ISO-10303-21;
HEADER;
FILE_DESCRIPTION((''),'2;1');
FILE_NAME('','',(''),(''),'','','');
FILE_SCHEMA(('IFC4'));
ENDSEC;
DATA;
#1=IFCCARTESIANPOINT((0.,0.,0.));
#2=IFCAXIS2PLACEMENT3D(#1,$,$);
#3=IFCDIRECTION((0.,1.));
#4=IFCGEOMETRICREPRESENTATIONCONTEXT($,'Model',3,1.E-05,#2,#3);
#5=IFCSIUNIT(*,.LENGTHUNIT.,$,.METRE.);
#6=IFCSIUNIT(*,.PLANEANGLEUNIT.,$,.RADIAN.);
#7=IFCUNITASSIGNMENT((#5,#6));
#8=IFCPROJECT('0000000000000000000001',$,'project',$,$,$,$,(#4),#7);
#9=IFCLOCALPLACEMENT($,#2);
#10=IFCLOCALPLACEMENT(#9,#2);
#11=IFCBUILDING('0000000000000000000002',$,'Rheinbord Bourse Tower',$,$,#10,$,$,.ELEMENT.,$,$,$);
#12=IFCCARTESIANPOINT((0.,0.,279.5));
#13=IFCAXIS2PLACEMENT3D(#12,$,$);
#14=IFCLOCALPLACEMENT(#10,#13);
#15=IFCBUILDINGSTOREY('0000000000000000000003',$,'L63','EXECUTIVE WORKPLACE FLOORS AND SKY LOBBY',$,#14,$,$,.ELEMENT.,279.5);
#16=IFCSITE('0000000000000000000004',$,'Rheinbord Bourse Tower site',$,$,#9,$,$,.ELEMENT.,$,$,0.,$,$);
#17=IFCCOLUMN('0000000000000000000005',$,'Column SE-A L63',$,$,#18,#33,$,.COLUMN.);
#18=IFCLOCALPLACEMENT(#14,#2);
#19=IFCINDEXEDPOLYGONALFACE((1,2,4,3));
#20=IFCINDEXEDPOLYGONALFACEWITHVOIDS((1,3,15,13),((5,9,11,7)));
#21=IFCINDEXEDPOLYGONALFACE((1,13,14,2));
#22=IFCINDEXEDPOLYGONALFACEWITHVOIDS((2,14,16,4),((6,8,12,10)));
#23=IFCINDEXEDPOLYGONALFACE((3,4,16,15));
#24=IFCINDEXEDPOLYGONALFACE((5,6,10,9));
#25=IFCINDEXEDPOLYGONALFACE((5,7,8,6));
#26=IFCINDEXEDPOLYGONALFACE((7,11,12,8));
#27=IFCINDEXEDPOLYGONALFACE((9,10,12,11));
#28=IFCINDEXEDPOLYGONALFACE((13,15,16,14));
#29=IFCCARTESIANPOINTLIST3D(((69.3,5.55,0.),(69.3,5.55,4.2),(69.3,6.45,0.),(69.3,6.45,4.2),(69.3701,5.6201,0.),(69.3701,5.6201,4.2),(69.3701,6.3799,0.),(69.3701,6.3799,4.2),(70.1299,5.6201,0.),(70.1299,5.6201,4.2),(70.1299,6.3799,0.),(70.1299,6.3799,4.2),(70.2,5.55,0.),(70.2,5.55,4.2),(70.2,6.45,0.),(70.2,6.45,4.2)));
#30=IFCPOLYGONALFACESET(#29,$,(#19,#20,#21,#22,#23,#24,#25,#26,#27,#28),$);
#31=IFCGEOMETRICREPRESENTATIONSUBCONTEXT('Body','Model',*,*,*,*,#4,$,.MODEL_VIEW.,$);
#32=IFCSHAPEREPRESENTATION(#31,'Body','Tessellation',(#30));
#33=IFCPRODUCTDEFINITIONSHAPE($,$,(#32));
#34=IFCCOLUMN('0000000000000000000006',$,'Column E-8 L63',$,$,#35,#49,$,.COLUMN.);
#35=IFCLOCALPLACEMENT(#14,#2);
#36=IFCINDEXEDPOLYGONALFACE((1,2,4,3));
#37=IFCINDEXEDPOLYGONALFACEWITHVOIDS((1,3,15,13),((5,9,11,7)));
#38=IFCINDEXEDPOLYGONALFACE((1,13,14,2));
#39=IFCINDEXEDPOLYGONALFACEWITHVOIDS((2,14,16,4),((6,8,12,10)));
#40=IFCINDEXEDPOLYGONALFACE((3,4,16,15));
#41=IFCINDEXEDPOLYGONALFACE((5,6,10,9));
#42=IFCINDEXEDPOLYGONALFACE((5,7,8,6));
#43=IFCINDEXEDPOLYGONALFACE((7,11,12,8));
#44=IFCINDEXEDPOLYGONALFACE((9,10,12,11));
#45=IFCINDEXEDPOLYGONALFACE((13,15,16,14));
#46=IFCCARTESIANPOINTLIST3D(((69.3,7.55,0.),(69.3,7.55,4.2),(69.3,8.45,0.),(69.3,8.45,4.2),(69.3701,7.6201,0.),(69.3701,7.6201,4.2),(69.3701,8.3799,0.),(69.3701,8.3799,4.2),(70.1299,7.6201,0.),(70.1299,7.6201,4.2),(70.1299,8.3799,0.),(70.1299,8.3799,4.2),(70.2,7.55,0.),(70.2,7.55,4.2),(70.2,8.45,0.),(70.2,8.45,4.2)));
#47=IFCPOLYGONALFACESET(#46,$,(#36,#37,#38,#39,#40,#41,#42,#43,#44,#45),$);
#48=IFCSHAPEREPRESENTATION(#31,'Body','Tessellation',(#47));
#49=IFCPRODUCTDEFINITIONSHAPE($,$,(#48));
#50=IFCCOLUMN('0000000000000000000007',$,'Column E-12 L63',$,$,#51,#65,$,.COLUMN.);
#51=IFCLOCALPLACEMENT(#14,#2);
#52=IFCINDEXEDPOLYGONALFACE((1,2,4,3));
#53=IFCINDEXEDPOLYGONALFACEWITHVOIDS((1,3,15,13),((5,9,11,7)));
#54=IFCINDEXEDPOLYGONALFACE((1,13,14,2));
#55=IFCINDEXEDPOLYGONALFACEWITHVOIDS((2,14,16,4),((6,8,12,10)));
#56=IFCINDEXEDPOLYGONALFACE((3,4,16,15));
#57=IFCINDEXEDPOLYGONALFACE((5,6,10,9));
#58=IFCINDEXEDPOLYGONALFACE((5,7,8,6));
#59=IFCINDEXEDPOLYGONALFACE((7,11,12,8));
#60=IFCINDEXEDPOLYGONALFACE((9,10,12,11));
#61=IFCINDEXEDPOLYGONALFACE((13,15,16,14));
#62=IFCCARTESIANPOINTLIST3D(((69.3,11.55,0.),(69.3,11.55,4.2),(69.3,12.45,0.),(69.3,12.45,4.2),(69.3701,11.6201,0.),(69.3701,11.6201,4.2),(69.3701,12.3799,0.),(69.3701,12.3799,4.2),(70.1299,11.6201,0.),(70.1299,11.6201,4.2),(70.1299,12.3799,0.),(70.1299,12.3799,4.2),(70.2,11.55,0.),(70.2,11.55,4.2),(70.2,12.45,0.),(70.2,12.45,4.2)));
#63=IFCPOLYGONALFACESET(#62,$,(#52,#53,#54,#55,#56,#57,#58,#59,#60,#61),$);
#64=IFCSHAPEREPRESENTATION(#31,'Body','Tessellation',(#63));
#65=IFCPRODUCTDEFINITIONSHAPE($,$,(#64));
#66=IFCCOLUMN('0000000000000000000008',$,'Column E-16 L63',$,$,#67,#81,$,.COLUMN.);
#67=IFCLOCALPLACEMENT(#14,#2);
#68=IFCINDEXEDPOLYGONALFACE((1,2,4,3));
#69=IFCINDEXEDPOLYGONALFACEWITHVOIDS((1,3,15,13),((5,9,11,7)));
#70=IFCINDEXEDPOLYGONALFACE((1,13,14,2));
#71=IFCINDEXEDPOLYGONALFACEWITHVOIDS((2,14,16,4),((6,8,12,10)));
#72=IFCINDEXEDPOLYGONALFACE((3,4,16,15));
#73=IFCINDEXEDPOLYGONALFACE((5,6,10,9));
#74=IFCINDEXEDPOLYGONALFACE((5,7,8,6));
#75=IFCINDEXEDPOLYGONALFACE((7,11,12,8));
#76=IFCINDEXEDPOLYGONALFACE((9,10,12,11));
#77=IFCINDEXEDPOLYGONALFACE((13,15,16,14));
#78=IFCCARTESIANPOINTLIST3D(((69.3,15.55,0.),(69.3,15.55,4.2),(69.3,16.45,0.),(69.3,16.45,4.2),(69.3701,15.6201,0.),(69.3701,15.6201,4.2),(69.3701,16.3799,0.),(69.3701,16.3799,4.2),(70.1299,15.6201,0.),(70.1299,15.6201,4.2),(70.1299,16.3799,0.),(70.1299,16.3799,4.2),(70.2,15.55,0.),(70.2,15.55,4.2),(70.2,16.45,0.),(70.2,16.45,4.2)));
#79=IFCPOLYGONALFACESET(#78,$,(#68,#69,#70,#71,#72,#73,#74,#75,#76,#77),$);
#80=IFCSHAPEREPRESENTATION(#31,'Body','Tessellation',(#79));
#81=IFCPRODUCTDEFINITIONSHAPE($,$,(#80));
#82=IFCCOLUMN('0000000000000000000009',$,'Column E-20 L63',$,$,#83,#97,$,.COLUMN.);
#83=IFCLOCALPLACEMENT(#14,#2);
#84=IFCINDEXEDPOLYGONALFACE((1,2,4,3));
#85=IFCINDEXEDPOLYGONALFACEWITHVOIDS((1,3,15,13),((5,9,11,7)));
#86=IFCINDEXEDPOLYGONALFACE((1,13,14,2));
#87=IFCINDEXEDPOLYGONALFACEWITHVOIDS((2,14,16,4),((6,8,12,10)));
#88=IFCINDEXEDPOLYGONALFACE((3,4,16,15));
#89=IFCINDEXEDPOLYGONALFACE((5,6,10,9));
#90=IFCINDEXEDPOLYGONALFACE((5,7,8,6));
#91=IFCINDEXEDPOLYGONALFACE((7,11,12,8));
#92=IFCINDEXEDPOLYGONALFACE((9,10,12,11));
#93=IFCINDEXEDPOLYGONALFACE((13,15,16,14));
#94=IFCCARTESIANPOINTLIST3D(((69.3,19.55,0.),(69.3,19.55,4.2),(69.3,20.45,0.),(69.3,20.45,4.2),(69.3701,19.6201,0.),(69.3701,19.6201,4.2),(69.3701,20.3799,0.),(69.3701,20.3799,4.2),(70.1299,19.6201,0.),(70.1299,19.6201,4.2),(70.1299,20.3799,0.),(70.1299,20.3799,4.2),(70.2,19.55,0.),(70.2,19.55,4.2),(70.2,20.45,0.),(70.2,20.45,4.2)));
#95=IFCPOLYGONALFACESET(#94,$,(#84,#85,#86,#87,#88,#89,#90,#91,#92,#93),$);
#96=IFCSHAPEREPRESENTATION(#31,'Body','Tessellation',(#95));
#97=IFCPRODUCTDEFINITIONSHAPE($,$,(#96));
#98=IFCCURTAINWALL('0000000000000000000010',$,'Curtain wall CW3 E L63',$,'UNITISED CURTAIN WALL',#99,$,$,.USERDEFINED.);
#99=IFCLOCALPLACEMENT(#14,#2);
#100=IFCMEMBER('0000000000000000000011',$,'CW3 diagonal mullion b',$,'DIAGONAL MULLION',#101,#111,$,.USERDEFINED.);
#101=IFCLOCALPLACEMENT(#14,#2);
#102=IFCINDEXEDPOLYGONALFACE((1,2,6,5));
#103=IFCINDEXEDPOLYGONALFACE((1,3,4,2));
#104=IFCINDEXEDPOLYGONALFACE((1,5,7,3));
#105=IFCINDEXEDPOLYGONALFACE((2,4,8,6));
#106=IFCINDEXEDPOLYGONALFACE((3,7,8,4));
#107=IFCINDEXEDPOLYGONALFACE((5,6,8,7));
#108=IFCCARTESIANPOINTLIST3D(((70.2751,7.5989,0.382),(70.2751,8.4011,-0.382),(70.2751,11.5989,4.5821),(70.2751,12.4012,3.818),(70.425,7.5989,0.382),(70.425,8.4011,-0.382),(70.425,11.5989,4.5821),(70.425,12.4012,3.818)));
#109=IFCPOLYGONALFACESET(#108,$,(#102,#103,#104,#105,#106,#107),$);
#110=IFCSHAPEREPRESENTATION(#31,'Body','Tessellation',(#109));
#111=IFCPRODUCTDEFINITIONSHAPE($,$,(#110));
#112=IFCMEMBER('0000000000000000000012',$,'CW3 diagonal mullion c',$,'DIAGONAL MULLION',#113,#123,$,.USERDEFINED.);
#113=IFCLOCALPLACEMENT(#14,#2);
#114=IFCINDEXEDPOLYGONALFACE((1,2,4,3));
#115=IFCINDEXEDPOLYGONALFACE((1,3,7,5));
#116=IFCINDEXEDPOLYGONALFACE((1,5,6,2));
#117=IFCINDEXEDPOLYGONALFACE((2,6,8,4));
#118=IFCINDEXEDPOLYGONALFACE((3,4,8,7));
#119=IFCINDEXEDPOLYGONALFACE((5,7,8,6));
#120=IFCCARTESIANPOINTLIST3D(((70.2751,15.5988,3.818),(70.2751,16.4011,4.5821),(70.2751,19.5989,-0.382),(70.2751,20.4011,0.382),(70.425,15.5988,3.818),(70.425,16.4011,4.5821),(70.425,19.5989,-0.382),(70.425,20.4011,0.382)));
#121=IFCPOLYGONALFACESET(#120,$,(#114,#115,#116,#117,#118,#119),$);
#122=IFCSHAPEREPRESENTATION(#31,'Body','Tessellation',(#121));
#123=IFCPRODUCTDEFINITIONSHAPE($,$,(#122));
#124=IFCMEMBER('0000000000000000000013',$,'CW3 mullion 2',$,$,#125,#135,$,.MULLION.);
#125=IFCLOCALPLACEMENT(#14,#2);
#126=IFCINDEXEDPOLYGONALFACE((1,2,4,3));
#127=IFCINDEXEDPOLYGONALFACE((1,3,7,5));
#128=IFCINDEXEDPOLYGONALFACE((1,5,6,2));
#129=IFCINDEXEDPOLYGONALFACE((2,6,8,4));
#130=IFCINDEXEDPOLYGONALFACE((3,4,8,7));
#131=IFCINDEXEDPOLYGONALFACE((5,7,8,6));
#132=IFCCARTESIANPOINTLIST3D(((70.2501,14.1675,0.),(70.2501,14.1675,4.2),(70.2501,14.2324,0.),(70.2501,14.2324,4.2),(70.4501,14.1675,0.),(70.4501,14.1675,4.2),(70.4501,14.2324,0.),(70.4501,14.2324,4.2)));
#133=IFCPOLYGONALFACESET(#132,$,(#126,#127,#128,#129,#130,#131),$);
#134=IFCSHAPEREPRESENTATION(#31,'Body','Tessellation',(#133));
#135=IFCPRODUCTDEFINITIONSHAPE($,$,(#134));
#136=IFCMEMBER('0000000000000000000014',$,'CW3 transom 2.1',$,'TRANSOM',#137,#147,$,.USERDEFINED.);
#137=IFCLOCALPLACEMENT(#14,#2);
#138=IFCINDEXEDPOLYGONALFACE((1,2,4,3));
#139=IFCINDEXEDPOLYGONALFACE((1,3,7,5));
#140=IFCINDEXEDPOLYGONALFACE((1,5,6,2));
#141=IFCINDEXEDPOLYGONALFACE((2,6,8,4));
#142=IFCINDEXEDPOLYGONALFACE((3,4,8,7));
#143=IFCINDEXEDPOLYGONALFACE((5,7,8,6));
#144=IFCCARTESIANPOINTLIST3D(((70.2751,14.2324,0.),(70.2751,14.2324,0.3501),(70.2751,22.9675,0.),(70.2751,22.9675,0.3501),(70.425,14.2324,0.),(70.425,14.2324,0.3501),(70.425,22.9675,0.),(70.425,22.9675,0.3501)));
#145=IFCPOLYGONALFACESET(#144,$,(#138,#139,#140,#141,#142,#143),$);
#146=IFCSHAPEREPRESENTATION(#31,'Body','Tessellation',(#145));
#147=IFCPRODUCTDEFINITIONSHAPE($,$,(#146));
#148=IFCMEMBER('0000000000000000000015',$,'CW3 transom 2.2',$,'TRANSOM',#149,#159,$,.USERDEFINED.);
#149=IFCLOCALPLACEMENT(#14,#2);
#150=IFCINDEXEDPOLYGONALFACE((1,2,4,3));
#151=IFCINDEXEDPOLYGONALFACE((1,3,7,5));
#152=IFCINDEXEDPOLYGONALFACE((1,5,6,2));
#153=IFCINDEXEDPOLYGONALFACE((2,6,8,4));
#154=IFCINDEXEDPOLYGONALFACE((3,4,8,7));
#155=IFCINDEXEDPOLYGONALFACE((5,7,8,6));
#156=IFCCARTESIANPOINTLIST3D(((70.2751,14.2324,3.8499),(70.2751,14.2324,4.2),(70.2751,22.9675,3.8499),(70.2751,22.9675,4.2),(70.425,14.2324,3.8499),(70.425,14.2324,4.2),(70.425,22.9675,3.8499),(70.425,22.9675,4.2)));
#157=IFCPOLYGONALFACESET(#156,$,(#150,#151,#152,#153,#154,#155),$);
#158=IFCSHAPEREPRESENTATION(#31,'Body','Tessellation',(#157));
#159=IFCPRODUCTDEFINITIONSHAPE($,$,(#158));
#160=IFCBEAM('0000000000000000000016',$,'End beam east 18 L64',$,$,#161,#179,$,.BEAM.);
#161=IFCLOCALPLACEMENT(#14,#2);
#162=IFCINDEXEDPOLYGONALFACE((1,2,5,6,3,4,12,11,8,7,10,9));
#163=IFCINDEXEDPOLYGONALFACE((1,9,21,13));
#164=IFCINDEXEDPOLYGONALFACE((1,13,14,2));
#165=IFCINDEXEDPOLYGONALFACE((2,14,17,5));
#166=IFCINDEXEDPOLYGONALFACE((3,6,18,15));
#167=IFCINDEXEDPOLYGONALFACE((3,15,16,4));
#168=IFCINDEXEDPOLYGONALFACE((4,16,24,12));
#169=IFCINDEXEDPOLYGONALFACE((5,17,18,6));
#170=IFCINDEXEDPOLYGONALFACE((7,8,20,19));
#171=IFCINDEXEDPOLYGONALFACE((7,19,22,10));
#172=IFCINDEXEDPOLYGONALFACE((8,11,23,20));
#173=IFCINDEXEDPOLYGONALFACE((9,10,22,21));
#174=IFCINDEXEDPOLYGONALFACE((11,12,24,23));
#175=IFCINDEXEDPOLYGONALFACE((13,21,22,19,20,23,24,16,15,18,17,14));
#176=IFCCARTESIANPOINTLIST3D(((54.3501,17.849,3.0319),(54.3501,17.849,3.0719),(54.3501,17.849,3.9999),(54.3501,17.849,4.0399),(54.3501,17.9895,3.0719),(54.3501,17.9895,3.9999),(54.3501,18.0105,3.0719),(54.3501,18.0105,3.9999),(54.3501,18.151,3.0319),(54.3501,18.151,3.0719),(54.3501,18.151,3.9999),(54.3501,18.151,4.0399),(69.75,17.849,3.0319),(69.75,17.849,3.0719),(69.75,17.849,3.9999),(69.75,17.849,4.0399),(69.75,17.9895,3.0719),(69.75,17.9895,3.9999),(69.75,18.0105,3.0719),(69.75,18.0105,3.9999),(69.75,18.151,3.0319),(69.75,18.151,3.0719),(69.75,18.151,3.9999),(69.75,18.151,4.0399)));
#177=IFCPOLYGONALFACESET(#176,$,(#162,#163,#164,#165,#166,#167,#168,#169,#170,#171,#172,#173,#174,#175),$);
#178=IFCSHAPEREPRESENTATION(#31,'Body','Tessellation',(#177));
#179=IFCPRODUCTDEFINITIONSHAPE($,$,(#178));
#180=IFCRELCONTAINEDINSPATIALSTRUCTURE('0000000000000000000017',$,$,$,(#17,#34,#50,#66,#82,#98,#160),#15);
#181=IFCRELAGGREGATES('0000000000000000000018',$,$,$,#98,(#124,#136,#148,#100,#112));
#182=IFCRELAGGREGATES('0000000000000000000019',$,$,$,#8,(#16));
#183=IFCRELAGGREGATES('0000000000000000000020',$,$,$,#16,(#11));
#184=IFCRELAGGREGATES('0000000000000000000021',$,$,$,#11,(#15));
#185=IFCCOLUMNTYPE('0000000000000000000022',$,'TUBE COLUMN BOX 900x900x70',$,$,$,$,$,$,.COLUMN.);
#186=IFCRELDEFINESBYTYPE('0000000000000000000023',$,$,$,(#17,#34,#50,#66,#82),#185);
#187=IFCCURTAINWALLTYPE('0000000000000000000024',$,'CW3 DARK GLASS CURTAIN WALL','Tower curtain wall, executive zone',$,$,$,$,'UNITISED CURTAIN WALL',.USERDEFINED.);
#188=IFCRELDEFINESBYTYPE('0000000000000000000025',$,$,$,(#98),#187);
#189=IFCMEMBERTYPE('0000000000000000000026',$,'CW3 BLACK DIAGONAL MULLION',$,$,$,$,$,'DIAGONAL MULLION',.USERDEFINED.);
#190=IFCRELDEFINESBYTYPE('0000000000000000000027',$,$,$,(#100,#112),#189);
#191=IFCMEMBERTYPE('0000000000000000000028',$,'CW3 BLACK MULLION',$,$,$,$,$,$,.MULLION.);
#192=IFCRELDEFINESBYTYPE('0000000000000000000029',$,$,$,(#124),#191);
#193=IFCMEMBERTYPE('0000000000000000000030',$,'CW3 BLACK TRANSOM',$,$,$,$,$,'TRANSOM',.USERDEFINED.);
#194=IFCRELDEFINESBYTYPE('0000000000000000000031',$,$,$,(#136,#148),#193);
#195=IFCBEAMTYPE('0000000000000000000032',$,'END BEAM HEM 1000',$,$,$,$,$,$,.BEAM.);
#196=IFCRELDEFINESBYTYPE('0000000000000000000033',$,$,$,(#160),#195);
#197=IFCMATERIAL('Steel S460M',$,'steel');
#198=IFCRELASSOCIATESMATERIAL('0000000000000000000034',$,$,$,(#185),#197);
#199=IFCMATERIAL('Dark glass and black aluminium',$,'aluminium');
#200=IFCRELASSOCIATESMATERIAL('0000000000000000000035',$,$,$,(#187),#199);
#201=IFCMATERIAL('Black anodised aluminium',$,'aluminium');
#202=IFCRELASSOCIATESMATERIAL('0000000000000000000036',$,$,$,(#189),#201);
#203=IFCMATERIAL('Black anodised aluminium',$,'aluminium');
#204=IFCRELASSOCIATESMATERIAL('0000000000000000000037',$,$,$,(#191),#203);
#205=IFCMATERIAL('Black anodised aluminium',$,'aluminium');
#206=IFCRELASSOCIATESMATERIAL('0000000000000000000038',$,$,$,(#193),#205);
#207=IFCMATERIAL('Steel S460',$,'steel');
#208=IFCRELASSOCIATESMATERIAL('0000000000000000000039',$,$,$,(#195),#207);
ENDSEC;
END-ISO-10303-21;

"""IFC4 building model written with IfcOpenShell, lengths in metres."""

from ifc_helpers import new_model, si_unit, direction, frame, origin, origin_2d, place, context, subcontext, project, spatial, rectangle, hollow_rectangle, i_section, extrude, material, material_profile, profile_set, type_object, element, aggregate, save


model = new_model("IFC4")

# Units and contexts
model_context = context("Model", 3, precision=1e-05, world=origin(), true_north=direction((0.0, 1.0)))
body_context = subcontext(model_context, "Body", "Model", "MODEL_VIEW")
ifc_project = project(units=[si_unit("LENGTHUNIT", "METRE"), si_unit("PLANEANGLEUNIT", "RADIAN")], contexts=[model_context])

# Site, building, storey
site_placement = place(None, origin())
site = spatial("IfcSite", under=ifc_project, at=site_placement, Name="Rheinbord Bourse Tower site", CompositionType="ELEMENT", RefElevation=0.0)
building_placement = place(site_placement, origin())
building = spatial("IfcBuilding", under=site, at=building_placement, Name="Rheinbord Bourse Tower", CompositionType="ELEMENT")
storey_placement = place(building_placement, frame((0.0, 0.0, 279.5)))
storey = spatial("IfcBuildingStorey", under=building, at=storey_placement, Name="L63", Description="EXECUTIVE WORKPLACE FLOORS AND SKY LOBBY", CompositionType="ELEMENT", Elevation=279.5)

# Columns
ifc_material_1 = material(Name="Steel S460M", Category="steel")
ifc_material_profile_1 = material_profile(ifc_material_1, hollow_rectangle(XDim=0.8999, YDim=0.8999, WallThickness=0.0701, at=origin_2d()), Name="BOX 900x900x70")
ifc_profile_set_1 = profile_set([ifc_material_profile_1], Name="Steel S460M")
column_type = type_object("IfcColumnType", Name="TUBE COLUMN BOX 900x900x70", PredefinedType="COLUMN", material=ifc_profile_set_1)
for number, where, z_axis, x_axis, name in (
    (1, (69.75, 6.0, 0.0), (0.0, 0.0, 1.0), (1.0, 0.0, 0.0), "Column SE-A L63"),
    (2, (69.75, 8.0, 0.0), (0.0, 0.0, 1.0), (1.0, 0.0, 0.0), "Column E-8 L63"),
    (3, (69.75, 12.0, 0.0), (0.0, 0.0, 1.0), (1.0, 0.0, 0.0), "Column E-12 L63"),
    (4, (69.75, 16.0, 0.0), (0.0, 0.0, 1.0), (1.0, 0.0, 0.0), "Column E-16 L63"),
    (5, (69.75, 20.0, 0.0), (0.0, 0.0, 1.0), (1.0, 0.0, 0.0), "Column E-20 L63"),
):
    element("IfcColumn", number, at=place(storey_placement, frame(where, z_axis=z_axis, x_axis=x_axis)), inside=storey, type_object=column_type, Name=name, PredefinedType="COLUMN", context=body_context, shape_type="SweptSolid", body=[
        extrude(hollow_rectangle(XDim=0.8999, YDim=0.8999, WallThickness=0.0701, at=origin_2d()), origin(), (0.0, 0.0, 1.0), 4.2),
    ])

# Curtain wall, members
ifc_material_2 = material(Name="Dark glass and black aluminium", Category="aluminium")
curtain_wall_type = type_object("IfcCurtainWallType", Name="CW3 DARK GLASS CURTAIN WALL", Description="Tower curtain wall, executive zone", ElementType="UNITISED CURTAIN WALL", PredefinedType="USERDEFINED", material=ifc_material_2)
curtain_wall_placement = place(storey_placement, origin())
curtain_wall = element("IfcCurtainWall", 6, at=curtain_wall_placement, inside=storey, type_object=curtain_wall_type, Name="Curtain wall CW3 E L63", ObjectType="UNITISED CURTAIN WALL", PredefinedType="USERDEFINED")
ifc_material_3 = material(Name="Black anodised aluminium", Category="aluminium")
ifc_material_profile_2 = material_profile(ifc_material_3, rectangle(XDim=0.1499, YDim=1.1079, at=origin_2d()), Name="CW3 DIAGONAL MULLION 1108x150")
ifc_profile_set_2 = profile_set([ifc_material_profile_2], Name="Black anodised aluminium")
member_type_1 = type_object("IfcMemberType", Name="CW3 BLACK DIAGONAL MULLION", ElementType="DIAGONAL MULLION", PredefinedType="USERDEFINED", material=ifc_profile_set_2)
member_1_placement = place(storey_placement, frame((70.3501, 8.0, 0.0), z_axis=(0.0, 0.689659, 0.724134), x_axis=(-1.0, 0.0, 0.0)))
member_1 = element("IfcMember", 7, at=member_1_placement, type_object=member_type_1, Name="CW3 diagonal mullion b", ObjectType="DIAGONAL MULLION", PredefinedType="USERDEFINED", context=body_context, shape_type="SweptSolid", body=[
    extrude(rectangle(XDim=0.1499, YDim=1.1079, at=origin_2d()), origin(), (0.0, 0.0, 1.0), 5.8),
])
member_2_placement = place(storey_placement, frame((70.3501, 20.0, 0.0), z_axis=(0.0, -0.689659, 0.724134), x_axis=(1.0, 0.0, 0.0)))
member_2 = element("IfcMember", 8, at=member_2_placement, type_object=member_type_1, Name="CW3 diagonal mullion c", ObjectType="DIAGONAL MULLION", PredefinedType="USERDEFINED", context=body_context, shape_type="SweptSolid", body=[
    extrude(rectangle(XDim=0.1499, YDim=1.1079, at=origin_2d()), origin(), (0.0, 0.0, 1.0), 5.8),
])
ifc_material_4 = material(Name="Black anodised aluminium", Category="aluminium")
ifc_material_profile_3 = material_profile(ifc_material_4, rectangle(XDim=0.2, YDim=0.0649, at=origin_2d()), Name="CW3 MULLION 65x200")
ifc_profile_set_3 = profile_set([ifc_material_profile_3], Name="Black anodised aluminium")
member_type_2 = type_object("IfcMemberType", Name="CW3 BLACK MULLION", PredefinedType="MULLION", material=ifc_profile_set_3)
member_3_placement = place(storey_placement, frame((70.3501, 14.2, 0.0), z_axis=(0.0, 0.0, 1.0), x_axis=(-1.0, 0.0, 0.0)))
member_3 = element("IfcMember", 9, at=member_3_placement, type_object=member_type_2, Name="CW3 mullion 2", PredefinedType="MULLION", context=body_context, shape_type="SweptSolid", body=[
    extrude(rectangle(XDim=0.2, YDim=0.0649, at=origin_2d()), origin(), (0.0, 0.0, 1.0), 4.2),
])
ifc_material_5 = material(Name="Black anodised aluminium", Category="aluminium")
ifc_material_profile_4 = material_profile(ifc_material_5, rectangle(XDim=0.1499, YDim=0.3501, at=origin_2d()), Name="CW3 TRANSOM 350x150")
ifc_profile_set_4 = profile_set([ifc_material_profile_4], Name="Black anodised aluminium")
member_type_3 = type_object("IfcMemberType", Name="CW3 BLACK TRANSOM", ElementType="TRANSOM", PredefinedType="USERDEFINED", material=ifc_profile_set_4)
member_4_placement = place(storey_placement, frame((70.3501, 14.2324, 0.175), z_axis=(0.0, 1.0, 0.0), x_axis=(-1.0, 0.0, 0.0)))
member_4 = element("IfcMember", 10, at=member_4_placement, type_object=member_type_3, Name="CW3 transom 2.1", ObjectType="TRANSOM", PredefinedType="USERDEFINED", context=body_context, shape_type="SweptSolid", body=[
    extrude(rectangle(XDim=0.1499, YDim=0.3501, at=origin_2d()), origin(), (0.0, 0.0, 1.0), 8.7351),
])
member_5_placement = place(storey_placement, frame((70.3501, 14.2324, 4.0249), z_axis=(0.0, 1.0, 0.0), x_axis=(-1.0, 0.0, 0.0)))
member_5 = element("IfcMember", 11, at=member_5_placement, type_object=member_type_3, Name="CW3 transom 2.2", ObjectType="TRANSOM", PredefinedType="USERDEFINED", context=body_context, shape_type="SweptSolid", body=[
    extrude(rectangle(XDim=0.1499, YDim=0.3501, at=origin_2d()), origin(), (0.0, 0.0, 1.0), 8.7351),
])

# Beam
ifc_material_6 = material(Name="Steel S460", Category="steel")
ifc_material_profile_5 = material_profile(ifc_material_6, i_section(OverallWidth=0.302, OverallDepth=1.0081, WebThickness=0.021, FlangeThickness=0.04, at=origin_2d()), Name="HEM 1000")
ifc_profile_set_5 = profile_set([ifc_material_profile_5], Name="Steel S460")
beam_type_1 = type_object("IfcBeamType", Name="END BEAM HEM 1000", PredefinedType="BEAM", material=ifc_profile_set_5)
beam_1_placement = place(storey_placement, frame((54.3501, 18.0, 3.5359), z_axis=(1.0, 0.0, 0.0), x_axis=(0.0, 1.0, 0.0)))
element("IfcBeam", 12, at=beam_1_placement, inside=storey, type_object=beam_type_1, Name="End beam east 18 L64", PredefinedType="BEAM", context=body_context, shape_type="SweptSolid", body=[
    extrude(i_section(OverallWidth=0.302, OverallDepth=1.0081, WebThickness=0.021, FlangeThickness=0.04, at=origin_2d()), origin(), (0.0, 0.0, 1.0), 15.3999),
])

aggregate(curtain_wall, [member_3, member_4, member_5, member_1, member_2])

save(model, "model.ifc")
